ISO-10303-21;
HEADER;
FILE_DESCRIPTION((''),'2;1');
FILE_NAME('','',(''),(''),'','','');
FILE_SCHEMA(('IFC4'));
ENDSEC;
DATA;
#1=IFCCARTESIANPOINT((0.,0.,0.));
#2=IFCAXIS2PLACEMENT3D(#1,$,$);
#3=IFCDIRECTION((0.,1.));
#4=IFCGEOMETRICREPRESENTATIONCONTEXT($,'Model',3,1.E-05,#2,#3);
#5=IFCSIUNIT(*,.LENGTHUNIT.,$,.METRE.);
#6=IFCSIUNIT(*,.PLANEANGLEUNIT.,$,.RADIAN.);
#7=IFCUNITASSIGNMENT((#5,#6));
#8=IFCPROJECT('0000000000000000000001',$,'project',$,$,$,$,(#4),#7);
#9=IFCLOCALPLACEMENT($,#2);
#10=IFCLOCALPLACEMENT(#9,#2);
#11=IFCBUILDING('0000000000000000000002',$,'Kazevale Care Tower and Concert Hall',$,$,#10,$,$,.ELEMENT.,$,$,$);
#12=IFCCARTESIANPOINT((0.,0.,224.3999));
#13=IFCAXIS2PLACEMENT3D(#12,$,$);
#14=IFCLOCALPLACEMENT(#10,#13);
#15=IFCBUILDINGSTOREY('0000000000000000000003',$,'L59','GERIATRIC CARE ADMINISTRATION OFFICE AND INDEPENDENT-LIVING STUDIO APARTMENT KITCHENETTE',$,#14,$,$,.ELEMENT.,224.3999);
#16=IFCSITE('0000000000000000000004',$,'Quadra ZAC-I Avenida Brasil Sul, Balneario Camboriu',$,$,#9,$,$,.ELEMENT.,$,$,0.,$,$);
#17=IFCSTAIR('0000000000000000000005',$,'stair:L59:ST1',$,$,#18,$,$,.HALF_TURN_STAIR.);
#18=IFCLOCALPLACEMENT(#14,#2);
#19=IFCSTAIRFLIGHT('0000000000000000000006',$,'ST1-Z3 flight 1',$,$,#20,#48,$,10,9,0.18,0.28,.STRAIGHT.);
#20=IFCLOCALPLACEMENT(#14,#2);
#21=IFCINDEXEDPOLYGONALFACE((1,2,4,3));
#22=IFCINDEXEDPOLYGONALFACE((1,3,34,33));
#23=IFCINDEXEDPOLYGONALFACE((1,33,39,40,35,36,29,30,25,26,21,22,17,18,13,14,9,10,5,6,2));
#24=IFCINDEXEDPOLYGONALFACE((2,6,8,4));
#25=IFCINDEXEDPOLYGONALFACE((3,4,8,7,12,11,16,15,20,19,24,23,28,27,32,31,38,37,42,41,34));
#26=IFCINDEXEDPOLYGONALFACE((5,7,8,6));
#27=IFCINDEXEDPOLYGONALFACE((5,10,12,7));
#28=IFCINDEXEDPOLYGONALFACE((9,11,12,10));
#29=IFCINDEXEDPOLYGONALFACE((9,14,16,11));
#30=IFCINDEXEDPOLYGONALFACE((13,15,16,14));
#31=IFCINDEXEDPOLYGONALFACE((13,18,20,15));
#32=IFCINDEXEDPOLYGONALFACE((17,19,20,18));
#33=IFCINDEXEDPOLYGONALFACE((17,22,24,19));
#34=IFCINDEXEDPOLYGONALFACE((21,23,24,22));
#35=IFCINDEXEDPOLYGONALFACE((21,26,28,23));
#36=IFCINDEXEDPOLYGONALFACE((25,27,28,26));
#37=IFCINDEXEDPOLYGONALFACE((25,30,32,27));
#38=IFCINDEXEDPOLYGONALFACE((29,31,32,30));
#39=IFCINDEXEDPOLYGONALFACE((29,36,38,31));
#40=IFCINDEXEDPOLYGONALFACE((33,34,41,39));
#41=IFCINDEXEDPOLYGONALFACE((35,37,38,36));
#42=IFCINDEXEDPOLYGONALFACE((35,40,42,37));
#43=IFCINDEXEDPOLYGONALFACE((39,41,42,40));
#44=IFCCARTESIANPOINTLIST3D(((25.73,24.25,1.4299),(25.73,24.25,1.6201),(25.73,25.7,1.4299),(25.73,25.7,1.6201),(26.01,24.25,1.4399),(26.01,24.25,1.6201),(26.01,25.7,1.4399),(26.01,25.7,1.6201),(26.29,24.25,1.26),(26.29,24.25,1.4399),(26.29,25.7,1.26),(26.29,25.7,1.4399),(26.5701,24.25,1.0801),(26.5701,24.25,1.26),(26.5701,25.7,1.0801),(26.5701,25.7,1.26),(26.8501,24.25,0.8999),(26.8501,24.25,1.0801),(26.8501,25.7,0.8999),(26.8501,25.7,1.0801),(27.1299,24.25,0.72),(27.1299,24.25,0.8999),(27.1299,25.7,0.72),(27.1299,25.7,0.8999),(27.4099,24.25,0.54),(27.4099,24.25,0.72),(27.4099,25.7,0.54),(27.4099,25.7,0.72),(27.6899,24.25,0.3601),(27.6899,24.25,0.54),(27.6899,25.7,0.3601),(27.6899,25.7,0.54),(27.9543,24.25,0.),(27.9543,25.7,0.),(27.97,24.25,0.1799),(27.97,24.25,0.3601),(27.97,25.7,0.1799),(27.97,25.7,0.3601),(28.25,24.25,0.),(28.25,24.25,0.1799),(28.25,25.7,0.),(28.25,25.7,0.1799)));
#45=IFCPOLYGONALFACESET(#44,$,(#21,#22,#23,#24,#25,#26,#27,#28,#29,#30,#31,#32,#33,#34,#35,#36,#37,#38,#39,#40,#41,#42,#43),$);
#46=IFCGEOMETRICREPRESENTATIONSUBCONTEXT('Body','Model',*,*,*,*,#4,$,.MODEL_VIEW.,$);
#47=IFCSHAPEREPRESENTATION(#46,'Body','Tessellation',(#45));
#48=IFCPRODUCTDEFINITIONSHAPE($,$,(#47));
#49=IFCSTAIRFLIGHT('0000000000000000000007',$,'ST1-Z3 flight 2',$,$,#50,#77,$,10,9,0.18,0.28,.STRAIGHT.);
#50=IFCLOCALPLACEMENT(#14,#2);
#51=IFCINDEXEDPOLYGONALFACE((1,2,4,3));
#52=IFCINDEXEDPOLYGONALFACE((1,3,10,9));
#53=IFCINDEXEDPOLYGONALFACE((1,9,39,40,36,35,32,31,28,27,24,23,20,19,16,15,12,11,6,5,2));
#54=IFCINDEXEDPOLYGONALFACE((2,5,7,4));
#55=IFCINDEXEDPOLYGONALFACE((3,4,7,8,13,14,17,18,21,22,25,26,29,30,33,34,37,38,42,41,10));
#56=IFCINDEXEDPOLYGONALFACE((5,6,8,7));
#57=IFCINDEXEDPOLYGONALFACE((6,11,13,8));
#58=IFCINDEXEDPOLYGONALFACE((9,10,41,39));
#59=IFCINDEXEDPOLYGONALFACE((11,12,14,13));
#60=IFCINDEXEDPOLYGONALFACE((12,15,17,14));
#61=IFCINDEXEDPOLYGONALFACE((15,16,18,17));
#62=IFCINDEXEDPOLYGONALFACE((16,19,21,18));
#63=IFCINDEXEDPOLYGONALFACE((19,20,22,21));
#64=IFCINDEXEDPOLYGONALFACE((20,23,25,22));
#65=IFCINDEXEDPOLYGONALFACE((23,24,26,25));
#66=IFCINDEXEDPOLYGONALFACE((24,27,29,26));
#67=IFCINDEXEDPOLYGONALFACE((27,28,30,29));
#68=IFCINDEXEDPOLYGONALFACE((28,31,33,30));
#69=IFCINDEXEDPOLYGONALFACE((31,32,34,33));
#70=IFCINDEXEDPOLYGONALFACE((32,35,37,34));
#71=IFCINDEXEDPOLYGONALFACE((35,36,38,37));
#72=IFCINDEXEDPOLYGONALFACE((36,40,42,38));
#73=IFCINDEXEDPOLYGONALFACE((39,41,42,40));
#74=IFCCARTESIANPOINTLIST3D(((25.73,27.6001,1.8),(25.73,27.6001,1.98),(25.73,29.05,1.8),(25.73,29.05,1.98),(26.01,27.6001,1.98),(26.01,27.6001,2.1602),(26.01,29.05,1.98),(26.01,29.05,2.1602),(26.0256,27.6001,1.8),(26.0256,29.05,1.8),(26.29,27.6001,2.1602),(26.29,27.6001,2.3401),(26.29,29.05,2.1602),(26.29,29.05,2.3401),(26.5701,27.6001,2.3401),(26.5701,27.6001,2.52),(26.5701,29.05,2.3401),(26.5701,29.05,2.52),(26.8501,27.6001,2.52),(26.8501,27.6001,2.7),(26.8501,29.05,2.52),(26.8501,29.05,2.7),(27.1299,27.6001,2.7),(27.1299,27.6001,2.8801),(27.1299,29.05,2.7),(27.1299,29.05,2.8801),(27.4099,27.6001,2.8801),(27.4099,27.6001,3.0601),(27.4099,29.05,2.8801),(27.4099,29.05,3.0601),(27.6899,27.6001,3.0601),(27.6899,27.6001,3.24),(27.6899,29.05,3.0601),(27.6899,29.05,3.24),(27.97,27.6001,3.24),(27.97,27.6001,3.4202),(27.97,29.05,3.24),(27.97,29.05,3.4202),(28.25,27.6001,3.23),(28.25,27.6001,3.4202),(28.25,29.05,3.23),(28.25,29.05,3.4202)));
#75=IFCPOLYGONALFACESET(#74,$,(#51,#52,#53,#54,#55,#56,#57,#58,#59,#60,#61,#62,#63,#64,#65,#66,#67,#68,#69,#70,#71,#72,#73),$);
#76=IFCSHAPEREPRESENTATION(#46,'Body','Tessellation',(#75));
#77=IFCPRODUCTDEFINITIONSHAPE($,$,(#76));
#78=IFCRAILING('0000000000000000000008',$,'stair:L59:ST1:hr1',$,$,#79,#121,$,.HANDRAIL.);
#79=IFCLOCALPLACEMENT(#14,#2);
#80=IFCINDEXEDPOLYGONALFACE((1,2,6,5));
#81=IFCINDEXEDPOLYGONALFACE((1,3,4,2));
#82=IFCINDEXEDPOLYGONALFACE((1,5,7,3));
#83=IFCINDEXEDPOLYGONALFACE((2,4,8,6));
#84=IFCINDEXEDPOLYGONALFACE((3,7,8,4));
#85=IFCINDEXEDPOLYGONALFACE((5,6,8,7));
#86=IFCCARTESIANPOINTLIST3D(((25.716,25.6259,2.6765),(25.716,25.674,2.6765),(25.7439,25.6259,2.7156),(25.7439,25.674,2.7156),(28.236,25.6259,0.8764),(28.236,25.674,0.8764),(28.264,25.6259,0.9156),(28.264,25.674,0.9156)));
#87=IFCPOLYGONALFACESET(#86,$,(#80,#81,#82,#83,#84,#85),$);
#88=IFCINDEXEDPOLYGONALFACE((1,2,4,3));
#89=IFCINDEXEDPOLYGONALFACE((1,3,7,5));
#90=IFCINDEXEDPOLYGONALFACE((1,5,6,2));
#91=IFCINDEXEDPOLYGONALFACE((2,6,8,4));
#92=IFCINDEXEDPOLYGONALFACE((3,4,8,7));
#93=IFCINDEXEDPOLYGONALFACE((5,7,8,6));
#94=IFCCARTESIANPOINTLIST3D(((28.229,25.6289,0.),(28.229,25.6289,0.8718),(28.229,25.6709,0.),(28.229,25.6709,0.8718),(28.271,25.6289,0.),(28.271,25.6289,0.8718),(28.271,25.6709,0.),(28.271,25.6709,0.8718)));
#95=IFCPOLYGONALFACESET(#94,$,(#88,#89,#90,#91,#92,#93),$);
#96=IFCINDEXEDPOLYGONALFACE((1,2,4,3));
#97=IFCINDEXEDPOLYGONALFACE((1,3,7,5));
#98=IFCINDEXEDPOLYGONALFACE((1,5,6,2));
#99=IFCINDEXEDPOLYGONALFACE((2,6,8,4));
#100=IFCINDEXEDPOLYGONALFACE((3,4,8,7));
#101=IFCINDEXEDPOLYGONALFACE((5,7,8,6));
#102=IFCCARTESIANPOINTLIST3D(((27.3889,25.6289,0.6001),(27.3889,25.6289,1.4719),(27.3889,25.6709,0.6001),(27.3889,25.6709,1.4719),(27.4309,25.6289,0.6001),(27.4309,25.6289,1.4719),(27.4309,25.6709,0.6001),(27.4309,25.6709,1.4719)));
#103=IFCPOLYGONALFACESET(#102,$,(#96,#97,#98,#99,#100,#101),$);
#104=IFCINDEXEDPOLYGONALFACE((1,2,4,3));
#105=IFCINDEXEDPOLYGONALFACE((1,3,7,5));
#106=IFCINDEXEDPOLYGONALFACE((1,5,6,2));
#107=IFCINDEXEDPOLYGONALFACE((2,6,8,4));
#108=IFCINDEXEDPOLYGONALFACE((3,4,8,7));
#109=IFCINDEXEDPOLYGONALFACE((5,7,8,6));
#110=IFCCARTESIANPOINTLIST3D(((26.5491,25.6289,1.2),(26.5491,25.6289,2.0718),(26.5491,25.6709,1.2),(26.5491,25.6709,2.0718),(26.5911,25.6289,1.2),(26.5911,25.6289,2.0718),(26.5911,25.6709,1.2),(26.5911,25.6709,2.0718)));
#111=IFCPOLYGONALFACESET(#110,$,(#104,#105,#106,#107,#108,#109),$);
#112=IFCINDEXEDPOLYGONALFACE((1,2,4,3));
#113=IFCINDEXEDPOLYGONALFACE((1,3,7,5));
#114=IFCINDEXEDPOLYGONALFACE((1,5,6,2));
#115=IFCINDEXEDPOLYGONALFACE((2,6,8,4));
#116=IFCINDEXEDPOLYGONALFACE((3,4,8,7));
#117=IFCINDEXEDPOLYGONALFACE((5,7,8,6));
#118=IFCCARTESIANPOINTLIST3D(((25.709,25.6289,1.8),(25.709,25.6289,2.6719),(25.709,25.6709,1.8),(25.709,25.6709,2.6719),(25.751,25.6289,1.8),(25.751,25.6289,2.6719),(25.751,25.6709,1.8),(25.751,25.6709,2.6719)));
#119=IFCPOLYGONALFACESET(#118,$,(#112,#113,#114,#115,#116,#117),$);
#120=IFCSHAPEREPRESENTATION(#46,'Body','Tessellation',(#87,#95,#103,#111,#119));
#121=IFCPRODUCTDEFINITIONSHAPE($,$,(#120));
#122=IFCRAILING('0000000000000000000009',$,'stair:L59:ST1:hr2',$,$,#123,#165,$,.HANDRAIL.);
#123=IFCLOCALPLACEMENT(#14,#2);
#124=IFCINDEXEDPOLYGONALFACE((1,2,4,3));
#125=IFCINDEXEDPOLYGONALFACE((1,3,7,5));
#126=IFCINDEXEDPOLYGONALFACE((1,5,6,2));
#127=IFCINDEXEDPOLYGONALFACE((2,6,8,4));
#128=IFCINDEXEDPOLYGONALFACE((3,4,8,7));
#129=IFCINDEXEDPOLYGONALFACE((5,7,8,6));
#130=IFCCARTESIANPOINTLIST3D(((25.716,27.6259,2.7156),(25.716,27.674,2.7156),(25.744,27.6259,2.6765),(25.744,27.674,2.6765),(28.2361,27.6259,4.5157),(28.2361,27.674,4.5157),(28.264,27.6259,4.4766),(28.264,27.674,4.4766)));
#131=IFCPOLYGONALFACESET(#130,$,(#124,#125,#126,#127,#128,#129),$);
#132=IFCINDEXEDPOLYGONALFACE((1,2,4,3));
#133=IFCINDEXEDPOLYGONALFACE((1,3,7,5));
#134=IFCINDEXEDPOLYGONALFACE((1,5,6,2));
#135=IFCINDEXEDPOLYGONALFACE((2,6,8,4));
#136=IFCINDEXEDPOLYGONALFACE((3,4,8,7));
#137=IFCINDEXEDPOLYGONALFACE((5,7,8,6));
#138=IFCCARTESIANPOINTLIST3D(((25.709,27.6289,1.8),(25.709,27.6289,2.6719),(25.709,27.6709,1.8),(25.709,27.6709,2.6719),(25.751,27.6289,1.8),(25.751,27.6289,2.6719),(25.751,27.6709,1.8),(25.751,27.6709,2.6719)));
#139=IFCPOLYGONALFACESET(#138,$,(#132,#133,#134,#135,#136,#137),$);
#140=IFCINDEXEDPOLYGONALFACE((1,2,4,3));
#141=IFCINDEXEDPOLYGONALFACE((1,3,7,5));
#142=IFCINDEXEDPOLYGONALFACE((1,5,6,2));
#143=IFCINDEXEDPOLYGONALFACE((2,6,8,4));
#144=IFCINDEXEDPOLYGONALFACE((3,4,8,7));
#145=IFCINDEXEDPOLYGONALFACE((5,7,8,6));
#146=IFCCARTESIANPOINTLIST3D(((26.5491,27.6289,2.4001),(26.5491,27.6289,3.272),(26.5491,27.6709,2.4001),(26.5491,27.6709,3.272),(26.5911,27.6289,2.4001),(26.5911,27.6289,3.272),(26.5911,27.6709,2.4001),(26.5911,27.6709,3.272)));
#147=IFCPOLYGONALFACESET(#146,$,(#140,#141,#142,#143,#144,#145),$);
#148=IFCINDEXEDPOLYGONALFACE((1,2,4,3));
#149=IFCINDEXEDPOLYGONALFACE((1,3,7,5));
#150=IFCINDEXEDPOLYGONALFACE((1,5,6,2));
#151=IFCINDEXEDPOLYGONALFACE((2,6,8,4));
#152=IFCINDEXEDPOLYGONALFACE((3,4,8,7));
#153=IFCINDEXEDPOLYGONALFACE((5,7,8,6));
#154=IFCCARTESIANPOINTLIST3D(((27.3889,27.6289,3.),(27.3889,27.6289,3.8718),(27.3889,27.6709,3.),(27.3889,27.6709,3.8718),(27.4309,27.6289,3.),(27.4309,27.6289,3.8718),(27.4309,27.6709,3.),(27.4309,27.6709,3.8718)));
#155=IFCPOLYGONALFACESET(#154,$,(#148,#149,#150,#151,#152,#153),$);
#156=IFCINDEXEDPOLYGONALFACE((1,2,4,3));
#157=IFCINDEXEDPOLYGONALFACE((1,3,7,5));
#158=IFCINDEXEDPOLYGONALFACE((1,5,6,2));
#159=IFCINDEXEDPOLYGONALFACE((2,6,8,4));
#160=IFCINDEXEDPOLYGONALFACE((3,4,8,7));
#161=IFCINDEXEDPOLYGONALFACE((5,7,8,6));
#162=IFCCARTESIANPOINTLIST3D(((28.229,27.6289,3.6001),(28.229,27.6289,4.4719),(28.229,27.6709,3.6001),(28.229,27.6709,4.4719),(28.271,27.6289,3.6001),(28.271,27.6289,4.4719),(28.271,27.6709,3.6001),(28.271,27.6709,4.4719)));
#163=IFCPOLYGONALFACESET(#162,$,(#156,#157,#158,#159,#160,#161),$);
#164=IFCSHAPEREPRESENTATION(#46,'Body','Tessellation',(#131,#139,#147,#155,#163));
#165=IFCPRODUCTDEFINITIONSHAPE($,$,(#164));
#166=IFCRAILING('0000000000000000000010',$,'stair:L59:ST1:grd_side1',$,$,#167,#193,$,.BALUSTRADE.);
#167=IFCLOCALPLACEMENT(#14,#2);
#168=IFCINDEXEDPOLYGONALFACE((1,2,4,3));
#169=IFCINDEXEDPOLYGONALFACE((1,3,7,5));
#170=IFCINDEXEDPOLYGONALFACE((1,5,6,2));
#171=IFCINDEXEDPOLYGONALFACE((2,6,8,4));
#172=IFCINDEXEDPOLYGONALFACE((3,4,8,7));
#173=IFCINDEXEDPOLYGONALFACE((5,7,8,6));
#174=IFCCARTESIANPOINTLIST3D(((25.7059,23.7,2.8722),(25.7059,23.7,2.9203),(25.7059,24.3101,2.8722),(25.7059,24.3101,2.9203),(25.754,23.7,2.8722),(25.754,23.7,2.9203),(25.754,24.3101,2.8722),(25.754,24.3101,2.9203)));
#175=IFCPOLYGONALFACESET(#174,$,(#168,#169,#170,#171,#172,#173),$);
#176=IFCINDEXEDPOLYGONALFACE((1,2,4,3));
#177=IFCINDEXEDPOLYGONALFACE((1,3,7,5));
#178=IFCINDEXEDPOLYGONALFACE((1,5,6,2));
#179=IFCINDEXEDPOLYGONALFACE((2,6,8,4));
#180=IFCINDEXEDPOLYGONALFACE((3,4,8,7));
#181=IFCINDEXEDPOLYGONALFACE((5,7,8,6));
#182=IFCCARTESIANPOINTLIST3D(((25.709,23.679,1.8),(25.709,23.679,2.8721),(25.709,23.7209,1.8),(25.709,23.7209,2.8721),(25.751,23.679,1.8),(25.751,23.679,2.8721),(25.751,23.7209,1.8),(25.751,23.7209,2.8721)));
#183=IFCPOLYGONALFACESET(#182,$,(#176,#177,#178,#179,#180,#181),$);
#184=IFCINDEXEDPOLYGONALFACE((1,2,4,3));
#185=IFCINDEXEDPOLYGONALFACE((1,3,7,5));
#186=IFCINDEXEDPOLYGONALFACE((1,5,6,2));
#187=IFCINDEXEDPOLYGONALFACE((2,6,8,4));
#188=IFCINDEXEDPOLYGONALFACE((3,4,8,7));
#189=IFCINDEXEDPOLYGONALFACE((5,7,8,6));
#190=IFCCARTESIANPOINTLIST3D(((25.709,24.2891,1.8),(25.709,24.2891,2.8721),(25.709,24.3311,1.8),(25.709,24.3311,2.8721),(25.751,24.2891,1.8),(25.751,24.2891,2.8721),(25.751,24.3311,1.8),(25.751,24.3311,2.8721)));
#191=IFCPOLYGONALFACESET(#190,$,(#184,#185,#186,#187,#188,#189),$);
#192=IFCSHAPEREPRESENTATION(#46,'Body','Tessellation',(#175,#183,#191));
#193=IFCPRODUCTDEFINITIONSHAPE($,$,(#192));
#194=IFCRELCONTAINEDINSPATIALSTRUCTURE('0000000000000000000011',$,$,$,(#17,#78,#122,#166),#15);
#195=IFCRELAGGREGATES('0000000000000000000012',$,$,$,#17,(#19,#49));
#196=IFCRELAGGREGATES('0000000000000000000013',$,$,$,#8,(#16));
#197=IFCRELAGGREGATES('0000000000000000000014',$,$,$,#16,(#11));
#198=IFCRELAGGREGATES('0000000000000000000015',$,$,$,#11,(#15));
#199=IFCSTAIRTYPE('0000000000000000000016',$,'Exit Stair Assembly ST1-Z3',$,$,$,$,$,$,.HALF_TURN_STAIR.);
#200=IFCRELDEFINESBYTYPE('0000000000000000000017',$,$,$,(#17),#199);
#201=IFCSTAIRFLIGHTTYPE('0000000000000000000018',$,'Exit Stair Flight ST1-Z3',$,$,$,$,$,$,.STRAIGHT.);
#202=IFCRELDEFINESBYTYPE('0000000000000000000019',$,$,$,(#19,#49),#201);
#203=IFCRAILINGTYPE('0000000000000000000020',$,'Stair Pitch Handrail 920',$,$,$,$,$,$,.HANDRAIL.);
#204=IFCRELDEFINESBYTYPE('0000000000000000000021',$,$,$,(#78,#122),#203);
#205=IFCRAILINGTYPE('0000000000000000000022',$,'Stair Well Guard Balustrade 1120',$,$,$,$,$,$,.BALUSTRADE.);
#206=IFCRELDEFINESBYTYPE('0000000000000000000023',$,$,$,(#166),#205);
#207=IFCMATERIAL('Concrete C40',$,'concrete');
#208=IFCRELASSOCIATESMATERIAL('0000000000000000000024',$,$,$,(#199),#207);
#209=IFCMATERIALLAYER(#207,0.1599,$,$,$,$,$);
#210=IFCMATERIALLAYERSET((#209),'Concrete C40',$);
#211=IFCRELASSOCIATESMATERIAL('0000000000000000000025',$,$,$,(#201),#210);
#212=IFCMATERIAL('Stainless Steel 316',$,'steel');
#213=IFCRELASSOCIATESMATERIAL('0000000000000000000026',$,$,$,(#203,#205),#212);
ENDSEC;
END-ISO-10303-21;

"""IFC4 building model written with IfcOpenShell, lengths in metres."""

from ifc_helpers import new_model, si_unit, direction, frame, origin, origin_2d, place, context, subcontext, project, spatial, polyline, rectangle, outline, extrude, material, layer, layer_set, type_object, element, aggregate, save


model = new_model("IFC4")

# Units and contexts
model_context = context("Model", 3, precision=1e-05, world=origin(), true_north=direction((0.0, 1.0)))
body_context = subcontext(model_context, "Body", "Model", "MODEL_VIEW")
ifc_project = project(units=[si_unit("LENGTHUNIT", "METRE"), si_unit("PLANEANGLEUNIT", "RADIAN")], contexts=[model_context])

# Site, building, storey
site_placement = place(None, origin())
site = spatial("IfcSite", under=ifc_project, at=site_placement, Name="Quadra ZAC-I Avenida Brasil Sul, Balneario Camboriu", CompositionType="ELEMENT", RefElevation=0.0)
building_placement = place(site_placement, origin())
building = spatial("IfcBuilding", under=site, at=building_placement, Name="Kazevale Care Tower and Concert Hall", CompositionType="ELEMENT")
storey_placement = place(building_placement, frame((0.0, 0.0, 224.3999)))
storey = spatial("IfcBuildingStorey", under=building, at=storey_placement, Name="L59", Description="GERIATRIC CARE ADMINISTRATION OFFICE AND INDEPENDENT-LIVING STUDIO APARTMENT KITCHENETTE", CompositionType="ELEMENT", Elevation=224.3999)

# Shared definitions
ifc_material_1 = material(Name="Concrete C40", Category="concrete")
ifc_material_2 = material(Name="Stainless Steel 316", Category="steel")

# Stair, stair flights
stair_type = type_object("IfcStairType", Name="Exit Stair Assembly ST1-Z3", PredefinedType="HALF_TURN_STAIR", material=ifc_material_1)
stair_placement = place(storey_placement, origin())
stair = element("IfcStair", 1, at=stair_placement, inside=storey, type_object=stair_type, Name="stair:L59:ST1", PredefinedType="HALF_TURN_STAIR")
ifc_layer_1 = layer(ifc_material_1, 0.1599)
ifc_layer_set_1 = layer_set([ifc_layer_1], Name="Concrete C40")
stair_flight_type = type_object("IfcStairFlightType", Name="Exit Stair Flight ST1-Z3", PredefinedType="STRAIGHT", material=ifc_layer_set_1)
stair_flight_1_placement = place(storey_placement, frame((28.25, 24.9751, 0.0), z_axis=(0.0, 0.0, 1.0), x_axis=(-1.0, 0.0, 0.0)))
stair_flight_1 = element("IfcStairFlight", 2, at=stair_flight_1_placement, type_object=stair_flight_type, Name="ST1-Z3 flight 1", NumberOfRisers=10, NumberOfTreads=9, PredefinedType="STRAIGHT", RiserHeight=0.18, TreadLength=0.28, context=body_context, shape_type="SweptSolid", body=[
    extrude(outline(polyline([(0.0, 0.0), (0.0, 0.1799), (0.28, 0.1799), (0.28, 0.3601), (0.5601, 0.3601), (0.5601, 0.54), (0.8401, 0.54), (0.8401, 0.72), (1.1201, 0.72), (1.1201, 0.8999), (1.3999, 0.8999), (1.3999, 1.0801), (1.6799, 1.0801), (1.6799, 1.26), (1.96, 1.26), (1.96, 1.4399), (2.24, 1.4399), (2.24, 1.6201), (2.52, 1.6201), (2.52, 1.8), (2.52, 1.4299), (0.2957, 0.0), (0.0, 0.0)])), frame((0.0, 0.7251, 0.0), z_axis=(0.0, -1.0, 0.0), x_axis=(1.0, 0.0, 0.0)), (0.0, 0.0, 1.0), 1.45),
])
stair_flight_2_placement = place(storey_placement, frame((25.73, 28.325, 1.8), z_axis=(0.0, 0.0, 1.0), x_axis=(1.0, 0.0, 0.0)))
stair_flight_2 = element("IfcStairFlight", 3, at=stair_flight_2_placement, type_object=stair_flight_type, Name="ST1-Z3 flight 2", NumberOfRisers=10, NumberOfTreads=9, PredefinedType="STRAIGHT", RiserHeight=0.18, TreadLength=0.28, context=body_context, shape_type="SweptSolid", body=[
    extrude(outline(polyline([(0.0, 0.0), (0.0, 0.1799), (0.28, 0.1799), (0.28, 0.3601), (0.5601, 0.3601), (0.5601, 0.54), (0.8401, 0.54), (0.8401, 0.72), (1.1201, 0.72), (1.1201, 0.8999), (1.3999, 0.8999), (1.3999, 1.0801), (1.6799, 1.0801), (1.6799, 1.26), (1.96, 1.26), (1.96, 1.4399), (2.24, 1.4399), (2.24, 1.6201), (2.52, 1.6201), (2.52, 1.8), (2.52, 1.4299), (0.2957, 0.0), (0.0, 0.0)])), frame((0.0, 0.7251, 0.0), z_axis=(0.0, -1.0, 0.0), x_axis=(1.0, 0.0, 0.0)), (0.0, 0.0, 1.0), 1.45),
])
aggregate(stair, [stair_flight_1, stair_flight_2])

# Railings
railing_type_1 = type_object("IfcRailingType", Name="Stair Pitch Handrail 920", PredefinedType="HANDRAIL", material=ifc_material_2)
railing_1_placement = place(storey_placement, frame((28.25, 25.6499, 0.0)))
element("IfcRailing", 4, at=railing_1_placement, inside=storey, type_object=railing_type_1, Name="stair:L59:ST1:hr1", PredefinedType="HANDRAIL", context=body_context, shape_type="SweptSolid", body=[
    extrude(rectangle(XDim=0.0481, YDim=0.0481, at=origin_2d()), frame((0.0, 0.0, 0.896), z_axis=(-0.813728, 0.0, 0.581246), x_axis=(0.0, -1.0, 0.0)), (0.0, 0.0, 1.0), 3.0969),
    extrude(rectangle(XDim=0.042, YDim=0.042, at=origin_2d()), origin(), (0.0, 0.0, 1.0), 0.8718),
    extrude(rectangle(XDim=0.042, YDim=0.042, at=origin_2d()), frame((-0.8401, 0.0, 0.6001)), (0.0, 0.0, 1.0), 0.8718),
    extrude(rectangle(XDim=0.042, YDim=0.042, at=origin_2d()), frame((-1.6799, 0.0, 1.2)), (0.0, 0.0, 1.0), 0.8718),
    extrude(rectangle(XDim=0.042, YDim=0.042, at=origin_2d()), frame((-2.52, 0.0, 1.8)), (0.0, 0.0, 1.0), 0.8718),
])
railing_2_placement = place(storey_placement, frame((25.73, 27.6499, 1.8)))
element("IfcRailing", 5, at=railing_2_placement, inside=storey, type_object=railing_type_1, Name="stair:L59:ST1:hr2", PredefinedType="HANDRAIL", context=body_context, shape_type="SweptSolid", body=[
    extrude(rectangle(XDim=0.0481, YDim=0.0481, at=origin_2d()), frame((0.0, 0.0, 0.896), z_axis=(0.813728, 0.0, 0.581246), x_axis=(0.0, 1.0, 0.0)), (0.0, 0.0, 1.0), 3.0969),
    extrude(rectangle(XDim=0.042, YDim=0.042, at=origin_2d()), origin(), (0.0, 0.0, 1.0), 0.8718),
    extrude(rectangle(XDim=0.042, YDim=0.042, at=origin_2d()), frame((0.8401, 0.0, 0.6001)), (0.0, 0.0, 1.0), 0.8718),
    extrude(rectangle(XDim=0.042, YDim=0.042, at=origin_2d()), frame((1.6799, 0.0, 1.2)), (0.0, 0.0, 1.0), 0.8718),
    extrude(rectangle(XDim=0.042, YDim=0.042, at=origin_2d()), frame((2.52, 0.0, 1.8)), (0.0, 0.0, 1.0), 0.8718),
])
railing_type_2 = type_object("IfcRailingType", Name="Stair Well Guard Balustrade 1120", PredefinedType="BALUSTRADE", material=ifc_material_2)
railing_3_placement = place(storey_placement, frame((25.73, 23.7, 1.8)))
element("IfcRailing", 6, at=railing_3_placement, inside=storey, type_object=railing_type_2, Name="stair:L59:ST1:grd_side1", PredefinedType="BALUSTRADE", context=body_context, shape_type="SweptSolid", body=[
    extrude(rectangle(XDim=0.0481, YDim=0.0481, at=origin_2d()), frame((0.0, 0.0, 1.0962), z_axis=(0.0, 1.0, 0.0), x_axis=(-1.0, 0.0, 0.0)), (0.0, 0.0, 1.0), 0.6101),
    extrude(rectangle(XDim=0.042, YDim=0.042, at=origin_2d()), origin(), (0.0, 0.0, 1.0), 1.072),
    extrude(rectangle(XDim=0.042, YDim=0.042, at=origin_2d()), frame((0.0, 0.6101, 0.0)), (0.0, 0.0, 1.0), 1.072),
])

save(model, "model.ifc")
